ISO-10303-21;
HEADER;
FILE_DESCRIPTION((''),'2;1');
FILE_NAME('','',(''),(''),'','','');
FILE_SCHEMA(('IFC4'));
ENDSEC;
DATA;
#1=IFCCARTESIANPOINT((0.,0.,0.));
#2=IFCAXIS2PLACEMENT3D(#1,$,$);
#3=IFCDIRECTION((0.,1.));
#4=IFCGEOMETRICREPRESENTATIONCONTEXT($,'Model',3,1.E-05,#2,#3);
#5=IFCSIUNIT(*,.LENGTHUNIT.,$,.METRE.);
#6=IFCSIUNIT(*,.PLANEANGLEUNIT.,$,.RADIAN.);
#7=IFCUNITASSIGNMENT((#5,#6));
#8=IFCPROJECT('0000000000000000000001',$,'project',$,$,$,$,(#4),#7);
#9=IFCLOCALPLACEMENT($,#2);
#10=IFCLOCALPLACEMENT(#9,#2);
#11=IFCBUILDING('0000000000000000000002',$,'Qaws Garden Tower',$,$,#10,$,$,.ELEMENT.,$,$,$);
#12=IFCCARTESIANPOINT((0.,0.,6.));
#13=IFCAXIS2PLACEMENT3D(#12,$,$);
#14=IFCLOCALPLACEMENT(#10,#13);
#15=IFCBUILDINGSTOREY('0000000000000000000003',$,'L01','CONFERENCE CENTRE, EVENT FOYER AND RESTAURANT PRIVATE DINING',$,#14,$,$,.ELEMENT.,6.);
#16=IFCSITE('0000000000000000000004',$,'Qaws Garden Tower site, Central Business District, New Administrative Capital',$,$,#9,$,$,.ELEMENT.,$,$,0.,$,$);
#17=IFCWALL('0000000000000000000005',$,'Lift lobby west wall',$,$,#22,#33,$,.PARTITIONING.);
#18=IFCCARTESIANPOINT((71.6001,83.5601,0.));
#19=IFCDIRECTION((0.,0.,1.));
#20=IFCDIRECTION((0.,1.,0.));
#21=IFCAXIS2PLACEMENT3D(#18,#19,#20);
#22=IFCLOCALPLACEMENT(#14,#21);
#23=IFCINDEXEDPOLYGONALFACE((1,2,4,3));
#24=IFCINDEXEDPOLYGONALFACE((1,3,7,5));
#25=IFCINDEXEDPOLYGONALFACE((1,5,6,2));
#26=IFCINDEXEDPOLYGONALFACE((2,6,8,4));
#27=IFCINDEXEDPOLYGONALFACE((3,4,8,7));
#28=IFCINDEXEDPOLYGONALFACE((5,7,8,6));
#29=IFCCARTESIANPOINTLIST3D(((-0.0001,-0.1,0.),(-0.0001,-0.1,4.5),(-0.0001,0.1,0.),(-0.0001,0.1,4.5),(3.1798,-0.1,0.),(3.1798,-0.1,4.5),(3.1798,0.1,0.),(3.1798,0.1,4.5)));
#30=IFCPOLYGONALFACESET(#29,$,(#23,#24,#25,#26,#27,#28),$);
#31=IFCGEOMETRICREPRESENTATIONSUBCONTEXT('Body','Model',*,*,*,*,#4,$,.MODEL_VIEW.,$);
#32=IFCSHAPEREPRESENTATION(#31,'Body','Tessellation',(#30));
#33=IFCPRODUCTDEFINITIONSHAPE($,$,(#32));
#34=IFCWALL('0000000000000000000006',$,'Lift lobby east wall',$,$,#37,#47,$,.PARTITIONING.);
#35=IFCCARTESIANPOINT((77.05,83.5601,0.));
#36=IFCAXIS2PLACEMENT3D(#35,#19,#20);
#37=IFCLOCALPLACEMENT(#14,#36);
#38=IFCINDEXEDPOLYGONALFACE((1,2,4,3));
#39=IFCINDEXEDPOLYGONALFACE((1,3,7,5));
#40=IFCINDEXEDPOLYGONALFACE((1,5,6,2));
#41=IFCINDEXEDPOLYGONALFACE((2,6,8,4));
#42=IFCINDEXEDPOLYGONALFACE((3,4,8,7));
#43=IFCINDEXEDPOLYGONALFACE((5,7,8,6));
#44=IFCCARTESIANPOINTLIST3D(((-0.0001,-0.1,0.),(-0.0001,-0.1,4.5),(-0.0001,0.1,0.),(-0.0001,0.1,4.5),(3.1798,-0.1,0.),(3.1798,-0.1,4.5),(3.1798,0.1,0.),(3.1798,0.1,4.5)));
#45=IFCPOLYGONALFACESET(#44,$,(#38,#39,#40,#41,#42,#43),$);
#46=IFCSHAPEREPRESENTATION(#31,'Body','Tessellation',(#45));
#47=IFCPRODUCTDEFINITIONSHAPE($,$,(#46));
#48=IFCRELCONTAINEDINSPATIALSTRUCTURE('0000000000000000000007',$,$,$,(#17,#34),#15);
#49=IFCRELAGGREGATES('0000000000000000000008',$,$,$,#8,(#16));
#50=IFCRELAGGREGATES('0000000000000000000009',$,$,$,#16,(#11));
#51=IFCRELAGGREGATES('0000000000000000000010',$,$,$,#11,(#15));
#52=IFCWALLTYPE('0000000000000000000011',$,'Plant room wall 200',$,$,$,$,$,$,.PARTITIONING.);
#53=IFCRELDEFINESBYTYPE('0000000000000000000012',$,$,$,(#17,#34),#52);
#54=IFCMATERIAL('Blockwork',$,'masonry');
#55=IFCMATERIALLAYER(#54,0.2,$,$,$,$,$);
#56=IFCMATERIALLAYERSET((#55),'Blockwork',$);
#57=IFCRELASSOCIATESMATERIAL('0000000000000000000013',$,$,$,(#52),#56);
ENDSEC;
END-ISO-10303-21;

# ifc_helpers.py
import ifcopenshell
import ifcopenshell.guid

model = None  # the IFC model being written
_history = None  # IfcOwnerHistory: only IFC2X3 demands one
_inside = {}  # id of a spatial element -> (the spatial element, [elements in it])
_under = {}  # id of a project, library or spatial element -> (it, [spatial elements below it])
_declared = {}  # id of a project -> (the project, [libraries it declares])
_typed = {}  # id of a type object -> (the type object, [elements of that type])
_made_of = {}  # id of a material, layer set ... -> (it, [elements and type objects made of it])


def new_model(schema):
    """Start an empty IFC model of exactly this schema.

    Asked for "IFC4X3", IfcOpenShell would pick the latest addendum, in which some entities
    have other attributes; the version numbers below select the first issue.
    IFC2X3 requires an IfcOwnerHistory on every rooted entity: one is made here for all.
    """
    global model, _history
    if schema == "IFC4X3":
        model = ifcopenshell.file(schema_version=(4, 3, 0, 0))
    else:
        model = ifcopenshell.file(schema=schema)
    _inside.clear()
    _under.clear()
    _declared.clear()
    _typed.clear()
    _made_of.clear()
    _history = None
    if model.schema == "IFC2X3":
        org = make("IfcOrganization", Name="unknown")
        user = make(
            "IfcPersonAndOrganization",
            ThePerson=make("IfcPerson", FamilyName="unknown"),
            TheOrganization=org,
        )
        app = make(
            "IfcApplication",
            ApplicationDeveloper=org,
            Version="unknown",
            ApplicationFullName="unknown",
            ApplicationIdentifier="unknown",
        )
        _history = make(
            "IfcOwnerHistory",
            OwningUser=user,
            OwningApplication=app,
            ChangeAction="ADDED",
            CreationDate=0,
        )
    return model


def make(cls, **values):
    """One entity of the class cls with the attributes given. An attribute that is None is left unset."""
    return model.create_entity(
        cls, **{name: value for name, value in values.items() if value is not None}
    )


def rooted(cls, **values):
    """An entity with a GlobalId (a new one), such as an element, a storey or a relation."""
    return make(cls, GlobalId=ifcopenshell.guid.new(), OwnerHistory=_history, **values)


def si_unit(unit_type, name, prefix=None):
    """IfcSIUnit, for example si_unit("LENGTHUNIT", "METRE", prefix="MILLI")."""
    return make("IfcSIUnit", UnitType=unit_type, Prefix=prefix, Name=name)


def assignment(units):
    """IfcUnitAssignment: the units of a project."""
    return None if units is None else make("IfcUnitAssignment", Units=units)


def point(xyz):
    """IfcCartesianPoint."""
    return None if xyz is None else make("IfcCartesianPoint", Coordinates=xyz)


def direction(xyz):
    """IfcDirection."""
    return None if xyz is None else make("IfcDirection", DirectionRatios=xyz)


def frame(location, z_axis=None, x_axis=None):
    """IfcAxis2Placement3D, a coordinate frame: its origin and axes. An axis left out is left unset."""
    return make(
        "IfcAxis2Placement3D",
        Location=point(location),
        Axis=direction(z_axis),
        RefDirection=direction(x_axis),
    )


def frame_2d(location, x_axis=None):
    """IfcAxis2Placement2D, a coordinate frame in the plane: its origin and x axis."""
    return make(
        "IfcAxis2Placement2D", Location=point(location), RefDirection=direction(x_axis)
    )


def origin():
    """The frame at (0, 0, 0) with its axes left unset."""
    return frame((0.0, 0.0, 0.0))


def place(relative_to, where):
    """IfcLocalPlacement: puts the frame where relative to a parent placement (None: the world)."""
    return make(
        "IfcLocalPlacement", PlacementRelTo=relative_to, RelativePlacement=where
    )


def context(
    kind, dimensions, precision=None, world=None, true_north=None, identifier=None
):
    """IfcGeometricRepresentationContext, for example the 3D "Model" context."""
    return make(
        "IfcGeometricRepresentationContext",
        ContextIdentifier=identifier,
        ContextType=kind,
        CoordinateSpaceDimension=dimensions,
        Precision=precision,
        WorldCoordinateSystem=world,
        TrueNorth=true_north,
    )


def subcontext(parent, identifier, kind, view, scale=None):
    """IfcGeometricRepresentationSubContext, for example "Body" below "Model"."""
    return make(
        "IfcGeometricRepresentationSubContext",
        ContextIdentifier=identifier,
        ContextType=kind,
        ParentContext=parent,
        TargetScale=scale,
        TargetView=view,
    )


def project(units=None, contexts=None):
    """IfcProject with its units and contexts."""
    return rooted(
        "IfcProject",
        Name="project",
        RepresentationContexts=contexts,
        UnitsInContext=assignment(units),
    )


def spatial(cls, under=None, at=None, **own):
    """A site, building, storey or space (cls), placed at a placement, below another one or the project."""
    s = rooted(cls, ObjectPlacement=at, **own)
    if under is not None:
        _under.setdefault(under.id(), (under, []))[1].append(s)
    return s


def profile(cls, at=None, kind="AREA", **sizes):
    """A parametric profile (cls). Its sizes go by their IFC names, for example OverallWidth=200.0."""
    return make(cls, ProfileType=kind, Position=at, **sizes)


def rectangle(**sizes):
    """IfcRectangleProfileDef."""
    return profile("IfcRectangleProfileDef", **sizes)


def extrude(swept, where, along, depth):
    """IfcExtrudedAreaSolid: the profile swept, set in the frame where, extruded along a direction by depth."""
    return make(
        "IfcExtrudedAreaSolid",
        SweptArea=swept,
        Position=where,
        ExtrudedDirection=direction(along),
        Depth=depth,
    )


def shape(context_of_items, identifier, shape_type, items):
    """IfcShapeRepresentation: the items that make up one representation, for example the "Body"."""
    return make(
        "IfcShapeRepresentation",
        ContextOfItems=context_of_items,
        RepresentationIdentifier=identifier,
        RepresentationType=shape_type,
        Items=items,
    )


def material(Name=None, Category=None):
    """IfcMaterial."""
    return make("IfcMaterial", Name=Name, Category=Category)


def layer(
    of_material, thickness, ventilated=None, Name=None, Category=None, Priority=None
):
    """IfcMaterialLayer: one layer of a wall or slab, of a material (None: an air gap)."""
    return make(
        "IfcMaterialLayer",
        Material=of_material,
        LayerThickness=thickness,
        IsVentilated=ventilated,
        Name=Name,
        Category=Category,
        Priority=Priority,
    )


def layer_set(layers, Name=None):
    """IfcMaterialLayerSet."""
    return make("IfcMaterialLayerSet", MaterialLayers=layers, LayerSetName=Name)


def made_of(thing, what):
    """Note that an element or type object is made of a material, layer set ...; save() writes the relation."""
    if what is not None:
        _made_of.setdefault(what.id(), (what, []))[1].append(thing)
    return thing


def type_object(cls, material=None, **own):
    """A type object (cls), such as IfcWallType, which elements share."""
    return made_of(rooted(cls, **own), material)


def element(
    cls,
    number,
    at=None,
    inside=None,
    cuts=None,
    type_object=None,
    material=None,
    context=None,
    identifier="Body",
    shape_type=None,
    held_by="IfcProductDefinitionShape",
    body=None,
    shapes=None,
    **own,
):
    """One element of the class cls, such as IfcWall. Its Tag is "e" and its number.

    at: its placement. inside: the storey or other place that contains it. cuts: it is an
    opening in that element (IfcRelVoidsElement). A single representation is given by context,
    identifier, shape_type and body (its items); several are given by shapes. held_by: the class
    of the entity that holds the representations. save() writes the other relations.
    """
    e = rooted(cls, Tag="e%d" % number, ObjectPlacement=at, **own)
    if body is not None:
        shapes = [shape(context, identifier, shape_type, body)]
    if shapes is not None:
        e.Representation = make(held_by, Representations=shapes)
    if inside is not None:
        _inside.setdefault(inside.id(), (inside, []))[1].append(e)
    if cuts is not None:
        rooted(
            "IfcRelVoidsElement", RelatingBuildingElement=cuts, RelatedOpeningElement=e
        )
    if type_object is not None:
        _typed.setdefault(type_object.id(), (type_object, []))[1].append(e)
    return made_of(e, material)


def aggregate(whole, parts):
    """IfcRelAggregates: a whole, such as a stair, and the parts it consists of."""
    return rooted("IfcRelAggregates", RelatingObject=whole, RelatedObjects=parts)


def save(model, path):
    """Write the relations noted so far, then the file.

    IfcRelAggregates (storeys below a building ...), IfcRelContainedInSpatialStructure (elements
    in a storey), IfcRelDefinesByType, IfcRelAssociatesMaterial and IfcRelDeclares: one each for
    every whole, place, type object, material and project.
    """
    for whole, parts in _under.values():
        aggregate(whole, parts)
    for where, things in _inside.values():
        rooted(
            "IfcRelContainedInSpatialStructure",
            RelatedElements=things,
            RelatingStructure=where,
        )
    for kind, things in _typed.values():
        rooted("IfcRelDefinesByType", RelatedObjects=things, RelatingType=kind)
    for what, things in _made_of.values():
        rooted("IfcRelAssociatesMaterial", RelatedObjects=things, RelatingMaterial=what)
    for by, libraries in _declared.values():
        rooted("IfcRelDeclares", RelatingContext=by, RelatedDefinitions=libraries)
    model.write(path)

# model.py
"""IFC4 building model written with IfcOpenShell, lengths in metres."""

from ifc_helpers import new_model, si_unit, direction, frame, frame_2d, origin, place, context, subcontext, project, spatial, rectangle, extrude, material, layer, layer_set, type_object, element, save


model = new_model("IFC4")

# Units and contexts
model_context = context("Model", 3, precision=1e-05, world=origin(), true_north=direction((0.0, 1.0)))
body_context = subcontext(model_context, "Body", "Model", "MODEL_VIEW")
ifc_project = project(units=[si_unit("LENGTHUNIT", "METRE"), si_unit("PLANEANGLEUNIT", "RADIAN")], contexts=[model_context])

# Site, building, storey
site_placement = place(None, origin())
site = spatial("IfcSite", under=ifc_project, at=site_placement, Name="Qaws Garden Tower site, Central Business District, New Administrative Capital", CompositionType="ELEMENT", RefElevation=0.0)
building_placement = place(site_placement, origin())
building = spatial("IfcBuilding", under=site, at=building_placement, Name="Qaws Garden Tower", CompositionType="ELEMENT")
storey_placement = place(building_placement, frame((0.0, 0.0, 6.0)))
storey = spatial("IfcBuildingStorey", under=building, at=storey_placement, Name="L01", Description="CONFERENCE CENTRE, EVENT FOYER AND RESTAURANT PRIVATE DINING", CompositionType="ELEMENT", Elevation=6.0)

# Walls
ifc_material_1 = material(Name="Blockwork", Category="masonry")
ifc_layer_1 = layer(ifc_material_1, 0.2)
ifc_layer_set_1 = layer_set([ifc_layer_1], Name="Blockwork")
wall_type_1 = type_object("IfcWallType", Name="Plant room wall 200", PredefinedType="PARTITIONING", material=ifc_layer_set_1)
wall_1_placement = place(storey_placement, frame((71.6001, 83.5601, 0.0), z_axis=(0.0, 0.0, 1.0), x_axis=(0.0, 1.0, 0.0)))
element("IfcWall", 1, at=wall_1_placement, inside=storey, type_object=wall_type_1, Name="Lift lobby west wall", PredefinedType="PARTITIONING", context=body_context, shape_type="SweptSolid", body=[
    extrude(rectangle(XDim=3.1799, YDim=0.2, at=frame_2d((1.5898, 0.0))), origin(), (0.0, 0.0, 1.0), 4.5),
])
wall_2_placement = place(storey_placement, frame((77.05, 83.5601, 0.0), z_axis=(0.0, 0.0, 1.0), x_axis=(0.0, 1.0, 0.0)))
element("IfcWall", 2, at=wall_2_placement, inside=storey, type_object=wall_type_1, Name="Lift lobby east wall", PredefinedType="PARTITIONING", context=body_context, shape_type="SweptSolid", body=[
    extrude(rectangle(XDim=3.1799, YDim=0.2, at=frame_2d((1.5898, 0.0))), origin(), (0.0, 0.0, 1.0), 4.5),
])

save(model, "model.ifc")
